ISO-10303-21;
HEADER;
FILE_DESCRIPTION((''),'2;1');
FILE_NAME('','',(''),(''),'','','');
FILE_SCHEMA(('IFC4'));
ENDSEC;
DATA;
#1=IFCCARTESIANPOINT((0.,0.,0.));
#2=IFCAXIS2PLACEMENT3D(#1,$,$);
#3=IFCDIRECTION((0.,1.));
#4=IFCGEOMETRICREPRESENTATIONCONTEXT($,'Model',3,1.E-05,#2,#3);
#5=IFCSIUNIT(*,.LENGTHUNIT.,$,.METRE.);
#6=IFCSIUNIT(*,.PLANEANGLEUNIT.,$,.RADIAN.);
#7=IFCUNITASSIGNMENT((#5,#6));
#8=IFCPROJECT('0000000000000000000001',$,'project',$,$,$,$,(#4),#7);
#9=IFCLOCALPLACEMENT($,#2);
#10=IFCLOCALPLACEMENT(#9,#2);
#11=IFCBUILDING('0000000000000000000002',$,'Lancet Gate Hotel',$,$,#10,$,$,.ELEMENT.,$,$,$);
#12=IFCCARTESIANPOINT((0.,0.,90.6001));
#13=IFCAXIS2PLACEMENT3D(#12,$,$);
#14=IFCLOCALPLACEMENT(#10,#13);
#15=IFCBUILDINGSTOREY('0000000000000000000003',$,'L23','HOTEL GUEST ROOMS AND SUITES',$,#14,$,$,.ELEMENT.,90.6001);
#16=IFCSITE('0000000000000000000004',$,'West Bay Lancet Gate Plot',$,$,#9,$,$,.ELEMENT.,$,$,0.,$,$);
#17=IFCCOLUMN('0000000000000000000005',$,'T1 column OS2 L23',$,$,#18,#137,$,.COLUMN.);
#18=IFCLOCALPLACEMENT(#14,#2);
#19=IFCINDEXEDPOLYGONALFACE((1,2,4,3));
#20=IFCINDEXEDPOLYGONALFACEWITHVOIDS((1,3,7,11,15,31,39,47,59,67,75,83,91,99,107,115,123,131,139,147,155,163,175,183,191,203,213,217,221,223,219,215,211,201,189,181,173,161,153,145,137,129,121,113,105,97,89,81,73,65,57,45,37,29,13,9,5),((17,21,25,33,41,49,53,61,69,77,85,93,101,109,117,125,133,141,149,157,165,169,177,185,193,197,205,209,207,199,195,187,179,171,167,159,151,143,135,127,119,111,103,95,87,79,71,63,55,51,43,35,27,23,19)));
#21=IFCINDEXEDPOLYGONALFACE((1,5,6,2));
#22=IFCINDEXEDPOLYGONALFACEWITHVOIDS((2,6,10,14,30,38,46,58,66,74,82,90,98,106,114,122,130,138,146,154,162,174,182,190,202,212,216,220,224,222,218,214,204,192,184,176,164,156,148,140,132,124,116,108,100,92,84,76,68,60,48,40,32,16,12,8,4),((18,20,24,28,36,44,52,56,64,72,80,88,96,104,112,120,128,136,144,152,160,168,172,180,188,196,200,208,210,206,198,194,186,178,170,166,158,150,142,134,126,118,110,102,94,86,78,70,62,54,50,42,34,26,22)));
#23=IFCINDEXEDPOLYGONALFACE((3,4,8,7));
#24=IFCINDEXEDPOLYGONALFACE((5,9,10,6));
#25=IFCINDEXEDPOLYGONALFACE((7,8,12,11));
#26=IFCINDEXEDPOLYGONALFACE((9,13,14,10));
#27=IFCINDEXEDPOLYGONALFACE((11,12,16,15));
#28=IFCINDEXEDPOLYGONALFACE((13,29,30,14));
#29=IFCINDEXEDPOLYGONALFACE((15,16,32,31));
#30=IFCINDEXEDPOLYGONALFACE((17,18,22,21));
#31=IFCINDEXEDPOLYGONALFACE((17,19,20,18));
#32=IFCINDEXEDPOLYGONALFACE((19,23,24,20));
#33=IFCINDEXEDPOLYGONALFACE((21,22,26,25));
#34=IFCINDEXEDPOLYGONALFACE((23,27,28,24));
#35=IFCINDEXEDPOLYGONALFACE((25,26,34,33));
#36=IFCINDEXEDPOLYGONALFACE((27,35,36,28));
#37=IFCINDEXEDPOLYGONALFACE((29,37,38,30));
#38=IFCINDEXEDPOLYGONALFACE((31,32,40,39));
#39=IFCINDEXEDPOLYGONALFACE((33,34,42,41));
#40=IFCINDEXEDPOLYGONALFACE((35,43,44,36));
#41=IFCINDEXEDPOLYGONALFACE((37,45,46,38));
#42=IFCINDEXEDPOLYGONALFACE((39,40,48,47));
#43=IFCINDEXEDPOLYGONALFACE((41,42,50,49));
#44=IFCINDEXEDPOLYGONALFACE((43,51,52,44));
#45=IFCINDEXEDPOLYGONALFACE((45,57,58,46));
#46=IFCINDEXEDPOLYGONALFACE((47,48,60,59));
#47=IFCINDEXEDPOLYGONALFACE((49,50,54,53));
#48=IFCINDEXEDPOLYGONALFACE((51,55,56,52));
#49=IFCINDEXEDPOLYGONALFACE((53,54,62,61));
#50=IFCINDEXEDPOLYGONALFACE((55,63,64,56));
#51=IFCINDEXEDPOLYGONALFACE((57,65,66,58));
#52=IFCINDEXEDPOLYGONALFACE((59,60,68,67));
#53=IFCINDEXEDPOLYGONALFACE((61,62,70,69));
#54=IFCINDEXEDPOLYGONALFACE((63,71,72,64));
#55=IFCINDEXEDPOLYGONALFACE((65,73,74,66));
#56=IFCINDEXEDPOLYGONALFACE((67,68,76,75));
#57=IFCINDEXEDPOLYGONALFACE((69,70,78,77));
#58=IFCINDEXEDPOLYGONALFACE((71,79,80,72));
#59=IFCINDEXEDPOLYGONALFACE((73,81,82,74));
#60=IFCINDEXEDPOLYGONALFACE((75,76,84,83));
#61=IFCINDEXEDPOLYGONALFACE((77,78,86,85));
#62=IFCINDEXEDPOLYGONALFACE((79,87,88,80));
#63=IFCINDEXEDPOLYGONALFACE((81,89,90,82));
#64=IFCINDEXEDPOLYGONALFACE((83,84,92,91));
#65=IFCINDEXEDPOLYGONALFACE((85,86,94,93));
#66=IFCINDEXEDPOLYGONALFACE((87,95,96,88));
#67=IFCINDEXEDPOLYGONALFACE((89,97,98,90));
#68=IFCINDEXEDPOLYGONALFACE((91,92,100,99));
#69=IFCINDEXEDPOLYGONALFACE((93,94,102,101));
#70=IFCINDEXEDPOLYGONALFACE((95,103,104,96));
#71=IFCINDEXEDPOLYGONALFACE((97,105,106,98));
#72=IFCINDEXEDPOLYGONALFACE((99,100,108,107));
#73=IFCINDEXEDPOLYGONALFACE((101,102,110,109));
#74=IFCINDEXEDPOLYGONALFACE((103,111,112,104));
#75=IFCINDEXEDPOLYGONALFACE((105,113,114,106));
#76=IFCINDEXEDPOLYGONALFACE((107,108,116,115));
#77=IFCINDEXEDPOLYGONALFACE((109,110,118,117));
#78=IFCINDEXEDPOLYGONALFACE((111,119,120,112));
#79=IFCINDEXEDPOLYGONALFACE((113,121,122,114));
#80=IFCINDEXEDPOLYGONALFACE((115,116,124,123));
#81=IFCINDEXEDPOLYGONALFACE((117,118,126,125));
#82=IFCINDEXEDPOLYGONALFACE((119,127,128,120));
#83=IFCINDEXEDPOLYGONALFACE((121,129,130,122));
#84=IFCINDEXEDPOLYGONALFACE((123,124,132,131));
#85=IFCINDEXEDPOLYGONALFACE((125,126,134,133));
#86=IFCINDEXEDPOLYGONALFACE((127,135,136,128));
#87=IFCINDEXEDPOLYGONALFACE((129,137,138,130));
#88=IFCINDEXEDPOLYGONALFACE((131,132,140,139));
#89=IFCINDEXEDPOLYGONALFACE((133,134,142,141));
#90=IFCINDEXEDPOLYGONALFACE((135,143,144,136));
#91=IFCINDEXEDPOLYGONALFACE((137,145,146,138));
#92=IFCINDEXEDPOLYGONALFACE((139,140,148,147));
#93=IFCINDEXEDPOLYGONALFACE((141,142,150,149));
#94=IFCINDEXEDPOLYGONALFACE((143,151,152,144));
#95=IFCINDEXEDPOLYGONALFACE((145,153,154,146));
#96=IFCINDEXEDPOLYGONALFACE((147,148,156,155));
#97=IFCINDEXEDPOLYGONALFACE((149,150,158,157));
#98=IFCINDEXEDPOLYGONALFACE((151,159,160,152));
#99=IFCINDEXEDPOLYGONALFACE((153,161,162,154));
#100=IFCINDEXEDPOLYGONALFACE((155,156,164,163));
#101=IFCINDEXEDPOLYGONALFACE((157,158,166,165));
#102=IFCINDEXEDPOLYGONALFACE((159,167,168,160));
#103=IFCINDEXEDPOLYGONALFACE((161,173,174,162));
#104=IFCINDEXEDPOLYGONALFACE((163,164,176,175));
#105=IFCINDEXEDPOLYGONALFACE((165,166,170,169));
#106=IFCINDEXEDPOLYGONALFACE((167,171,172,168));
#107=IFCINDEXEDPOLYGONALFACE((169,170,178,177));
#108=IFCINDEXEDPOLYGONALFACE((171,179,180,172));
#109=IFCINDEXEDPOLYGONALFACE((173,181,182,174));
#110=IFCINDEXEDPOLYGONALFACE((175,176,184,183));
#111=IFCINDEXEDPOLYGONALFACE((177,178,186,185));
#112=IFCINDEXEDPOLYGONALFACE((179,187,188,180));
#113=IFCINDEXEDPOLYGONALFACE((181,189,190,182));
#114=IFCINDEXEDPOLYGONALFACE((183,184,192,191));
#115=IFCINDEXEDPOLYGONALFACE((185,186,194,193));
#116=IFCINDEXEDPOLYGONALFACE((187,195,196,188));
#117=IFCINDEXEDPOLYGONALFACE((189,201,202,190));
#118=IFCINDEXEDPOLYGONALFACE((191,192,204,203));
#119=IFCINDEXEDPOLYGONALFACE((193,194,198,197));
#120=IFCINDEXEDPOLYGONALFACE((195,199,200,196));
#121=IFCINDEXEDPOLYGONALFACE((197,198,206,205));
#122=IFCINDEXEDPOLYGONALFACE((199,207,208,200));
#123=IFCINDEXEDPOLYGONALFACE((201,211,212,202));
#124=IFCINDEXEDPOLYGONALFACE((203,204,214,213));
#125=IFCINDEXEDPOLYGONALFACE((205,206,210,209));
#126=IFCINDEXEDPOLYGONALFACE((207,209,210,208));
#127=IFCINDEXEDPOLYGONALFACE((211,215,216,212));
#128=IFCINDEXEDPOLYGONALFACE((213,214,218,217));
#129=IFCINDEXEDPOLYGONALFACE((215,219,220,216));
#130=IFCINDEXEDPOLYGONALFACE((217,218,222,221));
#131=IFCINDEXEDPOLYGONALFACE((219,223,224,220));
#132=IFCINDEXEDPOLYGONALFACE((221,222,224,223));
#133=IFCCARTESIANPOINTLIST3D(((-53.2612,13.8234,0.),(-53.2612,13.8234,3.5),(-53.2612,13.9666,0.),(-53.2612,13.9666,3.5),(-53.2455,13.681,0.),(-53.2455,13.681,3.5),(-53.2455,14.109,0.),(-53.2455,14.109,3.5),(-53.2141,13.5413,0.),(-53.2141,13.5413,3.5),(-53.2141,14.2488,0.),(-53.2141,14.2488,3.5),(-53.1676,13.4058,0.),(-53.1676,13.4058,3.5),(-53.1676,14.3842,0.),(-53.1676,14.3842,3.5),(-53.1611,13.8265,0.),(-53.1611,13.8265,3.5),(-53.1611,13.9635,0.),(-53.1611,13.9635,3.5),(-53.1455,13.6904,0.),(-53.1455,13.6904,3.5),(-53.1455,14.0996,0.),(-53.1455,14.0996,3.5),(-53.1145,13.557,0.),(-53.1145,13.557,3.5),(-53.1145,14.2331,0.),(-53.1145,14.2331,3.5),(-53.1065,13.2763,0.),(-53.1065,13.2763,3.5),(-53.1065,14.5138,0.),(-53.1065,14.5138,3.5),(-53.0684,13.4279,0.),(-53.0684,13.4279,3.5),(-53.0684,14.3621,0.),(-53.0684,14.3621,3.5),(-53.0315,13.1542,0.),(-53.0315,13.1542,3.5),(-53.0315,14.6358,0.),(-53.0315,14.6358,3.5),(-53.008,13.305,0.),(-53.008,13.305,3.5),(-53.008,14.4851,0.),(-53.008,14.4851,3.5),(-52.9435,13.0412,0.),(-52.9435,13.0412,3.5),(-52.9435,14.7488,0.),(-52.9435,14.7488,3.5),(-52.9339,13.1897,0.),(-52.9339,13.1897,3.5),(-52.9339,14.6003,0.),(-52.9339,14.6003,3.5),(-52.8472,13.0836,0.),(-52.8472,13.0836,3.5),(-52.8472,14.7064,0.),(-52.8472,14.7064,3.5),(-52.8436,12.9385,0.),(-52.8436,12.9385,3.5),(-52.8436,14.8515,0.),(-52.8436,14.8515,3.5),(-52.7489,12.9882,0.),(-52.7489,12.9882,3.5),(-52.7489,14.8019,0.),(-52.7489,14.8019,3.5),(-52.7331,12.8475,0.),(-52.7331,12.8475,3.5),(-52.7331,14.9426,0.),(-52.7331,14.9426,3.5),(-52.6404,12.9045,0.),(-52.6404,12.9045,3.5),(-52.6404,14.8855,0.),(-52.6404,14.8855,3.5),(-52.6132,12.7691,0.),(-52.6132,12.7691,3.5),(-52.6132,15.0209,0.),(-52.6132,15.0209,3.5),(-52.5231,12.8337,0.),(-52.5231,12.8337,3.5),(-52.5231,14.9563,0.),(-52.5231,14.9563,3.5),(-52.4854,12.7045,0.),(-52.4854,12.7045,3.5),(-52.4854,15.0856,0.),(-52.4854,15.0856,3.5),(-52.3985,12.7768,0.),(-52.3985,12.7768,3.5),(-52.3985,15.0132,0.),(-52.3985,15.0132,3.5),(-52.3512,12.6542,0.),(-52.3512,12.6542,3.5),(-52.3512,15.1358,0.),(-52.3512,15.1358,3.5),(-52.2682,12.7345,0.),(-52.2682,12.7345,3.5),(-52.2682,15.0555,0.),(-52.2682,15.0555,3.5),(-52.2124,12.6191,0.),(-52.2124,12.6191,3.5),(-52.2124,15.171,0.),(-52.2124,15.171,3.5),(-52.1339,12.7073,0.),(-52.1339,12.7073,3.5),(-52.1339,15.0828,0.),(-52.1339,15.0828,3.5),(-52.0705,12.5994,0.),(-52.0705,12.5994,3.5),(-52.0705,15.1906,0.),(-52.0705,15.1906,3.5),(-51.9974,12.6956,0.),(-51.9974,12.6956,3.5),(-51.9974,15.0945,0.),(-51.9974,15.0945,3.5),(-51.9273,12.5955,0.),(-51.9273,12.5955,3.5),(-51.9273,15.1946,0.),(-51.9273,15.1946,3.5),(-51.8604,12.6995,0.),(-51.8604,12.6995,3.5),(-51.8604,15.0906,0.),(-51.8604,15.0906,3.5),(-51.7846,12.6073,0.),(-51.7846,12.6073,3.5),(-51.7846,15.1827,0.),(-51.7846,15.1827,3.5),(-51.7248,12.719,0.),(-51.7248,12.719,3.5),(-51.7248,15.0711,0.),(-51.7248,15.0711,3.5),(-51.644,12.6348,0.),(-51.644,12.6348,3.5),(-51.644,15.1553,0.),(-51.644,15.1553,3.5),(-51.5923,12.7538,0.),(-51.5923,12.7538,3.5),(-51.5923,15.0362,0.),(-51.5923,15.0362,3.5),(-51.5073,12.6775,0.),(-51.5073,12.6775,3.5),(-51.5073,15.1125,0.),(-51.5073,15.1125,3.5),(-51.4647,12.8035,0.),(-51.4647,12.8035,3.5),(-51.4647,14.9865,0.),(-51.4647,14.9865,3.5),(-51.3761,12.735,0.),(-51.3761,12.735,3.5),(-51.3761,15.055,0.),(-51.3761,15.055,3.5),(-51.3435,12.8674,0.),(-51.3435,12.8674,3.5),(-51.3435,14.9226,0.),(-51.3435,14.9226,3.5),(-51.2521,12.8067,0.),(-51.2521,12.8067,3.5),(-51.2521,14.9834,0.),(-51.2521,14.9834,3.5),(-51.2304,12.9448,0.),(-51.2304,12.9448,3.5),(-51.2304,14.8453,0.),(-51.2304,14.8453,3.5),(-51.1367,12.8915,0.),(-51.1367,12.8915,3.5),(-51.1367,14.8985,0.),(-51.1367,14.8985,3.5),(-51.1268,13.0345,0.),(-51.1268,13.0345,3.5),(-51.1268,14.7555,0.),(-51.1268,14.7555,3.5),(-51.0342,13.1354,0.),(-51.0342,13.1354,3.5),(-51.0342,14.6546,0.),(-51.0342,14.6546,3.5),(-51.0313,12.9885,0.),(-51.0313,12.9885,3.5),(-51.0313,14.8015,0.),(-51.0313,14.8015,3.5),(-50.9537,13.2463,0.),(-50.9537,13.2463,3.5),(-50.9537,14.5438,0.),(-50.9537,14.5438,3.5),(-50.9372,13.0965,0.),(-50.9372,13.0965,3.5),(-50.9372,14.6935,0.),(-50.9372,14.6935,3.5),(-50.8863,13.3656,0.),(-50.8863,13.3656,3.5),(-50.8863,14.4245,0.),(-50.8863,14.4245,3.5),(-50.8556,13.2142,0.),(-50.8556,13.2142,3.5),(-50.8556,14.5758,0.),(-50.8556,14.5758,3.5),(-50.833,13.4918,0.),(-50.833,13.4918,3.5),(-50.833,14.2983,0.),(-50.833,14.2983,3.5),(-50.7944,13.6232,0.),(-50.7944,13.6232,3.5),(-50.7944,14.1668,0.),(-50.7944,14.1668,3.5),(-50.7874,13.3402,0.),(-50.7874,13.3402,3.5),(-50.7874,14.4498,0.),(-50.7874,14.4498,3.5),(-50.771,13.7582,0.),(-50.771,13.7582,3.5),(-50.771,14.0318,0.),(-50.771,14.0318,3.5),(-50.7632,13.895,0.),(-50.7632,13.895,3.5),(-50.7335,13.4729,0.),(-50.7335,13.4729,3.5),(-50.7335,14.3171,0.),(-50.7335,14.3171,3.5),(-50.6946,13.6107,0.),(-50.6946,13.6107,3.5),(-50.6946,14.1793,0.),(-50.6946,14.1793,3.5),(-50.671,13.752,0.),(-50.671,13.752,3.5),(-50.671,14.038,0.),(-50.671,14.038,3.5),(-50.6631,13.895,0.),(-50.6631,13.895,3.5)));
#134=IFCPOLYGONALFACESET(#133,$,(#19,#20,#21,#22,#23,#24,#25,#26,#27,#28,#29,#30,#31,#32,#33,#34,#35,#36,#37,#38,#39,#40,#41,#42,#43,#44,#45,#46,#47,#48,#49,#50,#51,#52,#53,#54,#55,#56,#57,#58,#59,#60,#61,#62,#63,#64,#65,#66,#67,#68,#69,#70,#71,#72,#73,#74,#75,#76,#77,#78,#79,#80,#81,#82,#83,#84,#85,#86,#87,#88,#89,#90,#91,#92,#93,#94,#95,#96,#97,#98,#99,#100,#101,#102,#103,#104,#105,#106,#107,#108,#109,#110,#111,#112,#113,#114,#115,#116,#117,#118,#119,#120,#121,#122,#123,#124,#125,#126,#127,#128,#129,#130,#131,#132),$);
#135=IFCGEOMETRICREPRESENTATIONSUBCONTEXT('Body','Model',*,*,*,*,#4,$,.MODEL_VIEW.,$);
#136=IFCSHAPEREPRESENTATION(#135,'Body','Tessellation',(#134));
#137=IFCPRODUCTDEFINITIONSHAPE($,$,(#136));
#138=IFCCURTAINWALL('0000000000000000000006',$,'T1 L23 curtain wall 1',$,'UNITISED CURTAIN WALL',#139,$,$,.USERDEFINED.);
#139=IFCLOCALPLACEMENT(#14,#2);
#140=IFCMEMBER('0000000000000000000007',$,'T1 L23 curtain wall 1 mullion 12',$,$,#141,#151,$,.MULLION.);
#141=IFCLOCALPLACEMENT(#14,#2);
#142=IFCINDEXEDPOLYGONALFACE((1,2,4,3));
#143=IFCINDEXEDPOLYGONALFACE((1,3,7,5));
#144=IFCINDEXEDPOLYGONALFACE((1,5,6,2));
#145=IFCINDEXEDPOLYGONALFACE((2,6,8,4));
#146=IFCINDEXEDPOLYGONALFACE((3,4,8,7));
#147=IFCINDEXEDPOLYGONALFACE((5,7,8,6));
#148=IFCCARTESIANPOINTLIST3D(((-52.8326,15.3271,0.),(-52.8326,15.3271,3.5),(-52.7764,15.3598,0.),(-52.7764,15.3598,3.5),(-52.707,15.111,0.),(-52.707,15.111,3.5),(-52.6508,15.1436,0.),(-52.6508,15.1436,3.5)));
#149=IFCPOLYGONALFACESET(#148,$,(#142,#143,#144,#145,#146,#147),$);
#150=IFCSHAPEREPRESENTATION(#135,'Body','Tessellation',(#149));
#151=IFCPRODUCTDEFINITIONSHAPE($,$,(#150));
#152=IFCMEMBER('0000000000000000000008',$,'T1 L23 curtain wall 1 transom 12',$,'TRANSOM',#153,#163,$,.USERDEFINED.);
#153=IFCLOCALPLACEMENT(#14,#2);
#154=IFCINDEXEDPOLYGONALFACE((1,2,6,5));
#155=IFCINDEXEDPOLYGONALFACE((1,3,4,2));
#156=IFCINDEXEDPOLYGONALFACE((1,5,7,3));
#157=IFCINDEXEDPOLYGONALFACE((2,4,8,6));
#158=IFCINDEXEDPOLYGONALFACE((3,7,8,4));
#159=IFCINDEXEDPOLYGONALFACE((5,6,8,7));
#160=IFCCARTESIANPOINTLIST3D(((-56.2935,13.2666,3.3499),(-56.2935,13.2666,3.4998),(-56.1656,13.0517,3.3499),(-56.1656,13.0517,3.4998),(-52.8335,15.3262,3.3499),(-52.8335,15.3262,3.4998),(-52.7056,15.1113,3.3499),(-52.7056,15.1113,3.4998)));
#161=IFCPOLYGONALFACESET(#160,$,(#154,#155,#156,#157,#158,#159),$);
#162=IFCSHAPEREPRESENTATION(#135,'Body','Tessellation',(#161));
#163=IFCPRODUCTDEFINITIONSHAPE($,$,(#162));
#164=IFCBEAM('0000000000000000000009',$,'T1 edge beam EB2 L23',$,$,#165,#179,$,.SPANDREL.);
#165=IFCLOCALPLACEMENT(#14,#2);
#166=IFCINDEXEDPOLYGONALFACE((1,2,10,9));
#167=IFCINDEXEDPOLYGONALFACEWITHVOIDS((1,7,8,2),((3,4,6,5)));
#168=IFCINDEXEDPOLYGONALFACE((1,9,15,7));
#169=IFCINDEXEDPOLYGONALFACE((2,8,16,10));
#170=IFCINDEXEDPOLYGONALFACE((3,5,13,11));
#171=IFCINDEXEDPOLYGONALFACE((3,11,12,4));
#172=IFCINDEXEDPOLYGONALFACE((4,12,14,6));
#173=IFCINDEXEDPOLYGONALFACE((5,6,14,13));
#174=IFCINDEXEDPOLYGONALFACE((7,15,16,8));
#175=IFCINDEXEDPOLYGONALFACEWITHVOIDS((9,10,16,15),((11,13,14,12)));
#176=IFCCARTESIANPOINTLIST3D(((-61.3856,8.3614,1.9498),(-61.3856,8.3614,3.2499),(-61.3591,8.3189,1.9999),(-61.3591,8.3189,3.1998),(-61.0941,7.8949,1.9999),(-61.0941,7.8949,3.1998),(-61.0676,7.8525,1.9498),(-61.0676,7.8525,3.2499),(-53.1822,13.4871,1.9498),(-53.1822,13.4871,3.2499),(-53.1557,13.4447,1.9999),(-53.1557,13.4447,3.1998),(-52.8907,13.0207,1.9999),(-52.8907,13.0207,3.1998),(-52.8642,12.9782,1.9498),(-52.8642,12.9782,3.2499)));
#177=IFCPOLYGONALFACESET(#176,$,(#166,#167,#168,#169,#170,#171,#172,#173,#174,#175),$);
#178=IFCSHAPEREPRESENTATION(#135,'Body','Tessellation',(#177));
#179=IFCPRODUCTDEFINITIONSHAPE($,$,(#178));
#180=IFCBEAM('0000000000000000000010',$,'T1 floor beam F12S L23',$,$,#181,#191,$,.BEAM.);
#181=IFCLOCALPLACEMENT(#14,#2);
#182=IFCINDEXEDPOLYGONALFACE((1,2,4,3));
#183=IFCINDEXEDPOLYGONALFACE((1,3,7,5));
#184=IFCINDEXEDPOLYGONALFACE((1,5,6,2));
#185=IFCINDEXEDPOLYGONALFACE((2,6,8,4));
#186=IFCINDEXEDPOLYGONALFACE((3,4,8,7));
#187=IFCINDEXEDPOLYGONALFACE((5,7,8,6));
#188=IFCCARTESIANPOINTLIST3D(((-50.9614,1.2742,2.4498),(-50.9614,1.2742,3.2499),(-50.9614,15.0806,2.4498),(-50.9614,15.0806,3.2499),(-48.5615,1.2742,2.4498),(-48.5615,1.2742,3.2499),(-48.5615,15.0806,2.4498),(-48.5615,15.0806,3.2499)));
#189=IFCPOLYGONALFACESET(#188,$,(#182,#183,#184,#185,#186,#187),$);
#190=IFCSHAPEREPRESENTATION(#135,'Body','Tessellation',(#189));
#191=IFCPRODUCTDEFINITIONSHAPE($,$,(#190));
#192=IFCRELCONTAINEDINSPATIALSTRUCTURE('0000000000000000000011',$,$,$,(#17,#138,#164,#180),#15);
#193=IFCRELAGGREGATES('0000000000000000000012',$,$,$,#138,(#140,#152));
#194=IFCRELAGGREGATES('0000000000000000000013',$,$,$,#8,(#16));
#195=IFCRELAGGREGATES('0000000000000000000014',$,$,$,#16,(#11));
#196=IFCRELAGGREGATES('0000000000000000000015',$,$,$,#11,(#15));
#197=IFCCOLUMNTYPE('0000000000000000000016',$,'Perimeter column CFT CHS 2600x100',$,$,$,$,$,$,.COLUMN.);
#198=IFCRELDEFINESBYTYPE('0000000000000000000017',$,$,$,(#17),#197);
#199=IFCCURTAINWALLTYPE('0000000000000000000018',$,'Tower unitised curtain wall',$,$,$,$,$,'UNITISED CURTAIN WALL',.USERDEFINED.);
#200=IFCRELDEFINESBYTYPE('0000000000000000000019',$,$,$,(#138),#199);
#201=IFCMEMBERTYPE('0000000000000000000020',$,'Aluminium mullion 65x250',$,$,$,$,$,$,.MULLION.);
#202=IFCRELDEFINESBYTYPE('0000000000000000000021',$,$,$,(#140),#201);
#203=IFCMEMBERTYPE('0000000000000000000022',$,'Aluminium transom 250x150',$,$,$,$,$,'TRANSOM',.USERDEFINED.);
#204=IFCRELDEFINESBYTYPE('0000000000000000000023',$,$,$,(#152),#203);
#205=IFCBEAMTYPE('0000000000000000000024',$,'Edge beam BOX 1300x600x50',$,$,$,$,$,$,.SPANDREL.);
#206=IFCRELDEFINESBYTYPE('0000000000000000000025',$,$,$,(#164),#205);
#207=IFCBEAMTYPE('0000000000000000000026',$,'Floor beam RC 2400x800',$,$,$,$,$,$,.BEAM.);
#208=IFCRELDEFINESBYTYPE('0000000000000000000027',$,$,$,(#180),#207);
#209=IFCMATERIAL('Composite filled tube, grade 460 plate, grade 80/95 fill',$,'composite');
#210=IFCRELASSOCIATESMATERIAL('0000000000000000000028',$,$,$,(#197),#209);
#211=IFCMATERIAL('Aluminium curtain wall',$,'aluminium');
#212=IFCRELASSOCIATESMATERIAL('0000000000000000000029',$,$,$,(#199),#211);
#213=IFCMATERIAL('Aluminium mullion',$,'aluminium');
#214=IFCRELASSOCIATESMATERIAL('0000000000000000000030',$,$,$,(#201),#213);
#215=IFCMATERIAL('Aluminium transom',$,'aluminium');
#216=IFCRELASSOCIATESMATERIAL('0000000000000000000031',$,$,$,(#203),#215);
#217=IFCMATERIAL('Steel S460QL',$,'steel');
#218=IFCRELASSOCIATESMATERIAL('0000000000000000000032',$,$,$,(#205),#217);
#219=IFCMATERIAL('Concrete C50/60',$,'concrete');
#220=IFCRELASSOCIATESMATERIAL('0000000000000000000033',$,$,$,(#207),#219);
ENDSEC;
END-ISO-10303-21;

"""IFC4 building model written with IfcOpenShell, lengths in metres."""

from ifc_helpers import new_model, si_unit, direction, frame, origin, origin_2d, place, context, subcontext, project, spatial, rectangle, hollow_rectangle, hollow_circle, extrude, material, material_profile, profile_set, type_object, element, aggregate, save


model = new_model("IFC4")

# Units and contexts
model_context = context("Model", 3, precision=1e-05, world=origin(), true_north=direction((0.0, 1.0)))
body_context = subcontext(model_context, "Body", "Model", "MODEL_VIEW")
ifc_project = project(units=[si_unit("LENGTHUNIT", "METRE"), si_unit("PLANEANGLEUNIT", "RADIAN")], contexts=[model_context])

# Site, building, storey
site_placement = place(None, origin())
site = spatial("IfcSite", under=ifc_project, at=site_placement, Name="West Bay Lancet Gate Plot", CompositionType="ELEMENT", RefElevation=0.0)
building_placement = place(site_placement, origin())
building = spatial("IfcBuilding", under=site, at=building_placement, Name="Lancet Gate Hotel", CompositionType="ELEMENT")
storey_placement = place(building_placement, frame((0.0, 0.0, 90.6001)))
storey = spatial("IfcBuildingStorey", under=building, at=storey_placement, Name="L23", Description="HOTEL GUEST ROOMS AND SUITES", CompositionType="ELEMENT", Elevation=90.6001)

# Column
ifc_material_1 = material(Name="Composite filled tube, grade 460 plate, grade 80/95 fill", Category="composite")
ifc_material_profile_1 = material_profile(ifc_material_1, hollow_circle(Radius=1.3, WallThickness=0.1001, at=origin_2d()), Name="CHS 2600x100")
ifc_profile_set_1 = profile_set([ifc_material_profile_1], Name="Composite filled tube, grade 460 plate, grade 80/95 fill")
column_type = type_object("IfcColumnType", Name="Perimeter column CFT CHS 2600x100", PredefinedType="COLUMN", material=ifc_profile_set_1)
column_placement = place(storey_placement, frame((-51.9631, 13.895, 0.0), z_axis=(0.0, 0.0, 1.0), x_axis=(1.0, 0.0, 0.0)))
element("IfcColumn", 1, at=column_placement, inside=storey, type_object=column_type, Name="T1 column OS2 L23", PredefinedType="COLUMN", context=body_context, shape_type="SweptSolid", body=[
    extrude(hollow_circle(Radius=1.3, WallThickness=0.1001, at=origin_2d()), origin(), (0.0, 0.0, 1.0), 3.5),
])

# Curtain wall, members
ifc_material_2 = material(Name="Aluminium curtain wall", Category="aluminium")
curtain_wall_type = type_object("IfcCurtainWallType", Name="Tower unitised curtain wall", ElementType="UNITISED CURTAIN WALL", PredefinedType="USERDEFINED", material=ifc_material_2)
curtain_wall_placement = place(storey_placement, origin())
curtain_wall = element("IfcCurtainWall", 2, at=curtain_wall_placement, inside=storey, type_object=curtain_wall_type, Name="T1 L23 curtain wall 1", ObjectType="UNITISED CURTAIN WALL", PredefinedType="USERDEFINED")
ifc_material_3 = material(Name="Aluminium mullion", Category="aluminium")
ifc_material_profile_2 = material_profile(ifc_material_3, rectangle(XDim=0.0649, YDim=0.25, at=origin_2d()), Name="MULLION 65x250")
ifc_profile_set_2 = profile_set([ifc_material_profile_2], Name="Aluminium mullion")
member_type_1 = type_object("IfcMemberType", Name="Aluminium mullion 65x250", PredefinedType="MULLION", material=ifc_profile_set_2)
member_1_placement = place(storey_placement, frame((-52.7417, 15.2354, 0.0), z_axis=(0.0, 0.0, 1.0), x_axis=(-0.864728, -0.502241, 0.0)))
member_1 = element("IfcMember", 3, at=member_1_placement, type_object=member_type_1, Name="T1 L23 curtain wall 1 mullion 12", PredefinedType="MULLION", context=body_context, shape_type="SweptSolid", body=[
    extrude(rectangle(XDim=0.0649, YDim=0.25, at=origin_2d()), origin(), (0.0, 0.0, 1.0), 3.5),
])
ifc_material_4 = material(Name="Aluminium transom", Category="aluminium")
ifc_material_profile_3 = material_profile(ifc_material_4, rectangle(XDim=0.25, YDim=0.1499, at=origin_2d()), Name="TRANSOM 250x150")
ifc_profile_set_3 = profile_set([ifc_material_profile_3], Name="Aluminium transom")
member_type_2 = type_object("IfcMemberType", Name="Aluminium transom 250x150", ElementType="TRANSOM", PredefinedType="USERDEFINED", material=ifc_profile_set_3)
member_2_placement = place(storey_placement, frame((-52.7695, 15.2188, 3.4248), z_axis=(-0.859285, -0.511497, 0.0), x_axis=(0.511497, -0.859285, 0.0)))
member_2 = element("IfcMember", 4, at=member_2_placement, type_object=member_type_2, Name="T1 L23 curtain wall 1 transom 12", ObjectType="TRANSOM", PredefinedType="USERDEFINED", context=body_context, shape_type="SweptSolid", body=[
    extrude(rectangle(XDim=0.25, YDim=0.1499, at=origin_2d()), origin(), (0.0, 0.0, 1.0), 4.0266),
])
aggregate(curtain_wall, [member_1, member_2])

# Beams
ifc_material_5 = material(Name="Steel S460QL", Category="steel")
ifc_material_profile_4 = material_profile(ifc_material_5, hollow_rectangle(XDim=0.6001, YDim=1.3, WallThickness=0.05, at=origin_2d()), Name="BOX 1300x600x50")
ifc_profile_set_4 = profile_set([ifc_material_profile_4], Name="Steel S460QL")
beam_type_1 = type_object("IfcBeamType", Name="Edge beam BOX 1300x600x50", PredefinedType="SPANDREL", material=ifc_profile_set_4)
beam_1_placement = place(storey_placement, frame((-53.0232, 13.2327, 2.5999), z_axis=(-0.848062, -0.529897, 0.0), x_axis=(0.529897, -0.848062, 0.0)))
element("IfcBeam", 5, at=beam_1_placement, inside=storey, type_object=beam_type_1, Name="T1 edge beam EB2 L23", PredefinedType="SPANDREL", context=body_context, shape_type="SweptSolid", body=[
    extrude(hollow_rectangle(XDim=0.6001, YDim=1.3, WallThickness=0.05, at=origin_2d()), origin(), (0.0, 0.0, 1.0), 9.6731),
])
ifc_material_6 = material(Name="Concrete C50/60", Category="concrete")
ifc_material_profile_5 = material_profile(ifc_material_6, rectangle(XDim=2.3999, YDim=0.8, at=origin_2d()), Name="RC 2400x800")
ifc_profile_set_5 = profile_set([ifc_material_profile_5], Name="Concrete C50/60")
beam_type_2 = type_object("IfcBeamType", Name="Floor beam RC 2400x800", PredefinedType="BEAM", material=ifc_profile_set_5)
beam_2_placement = place(storey_placement, frame((-49.7615, 15.0806, 2.8499), z_axis=(0.0, -1.0, 0.0), x_axis=(1.0, 0.0, 0.0)))
element("IfcBeam", 6, at=beam_2_placement, inside=storey, type_object=beam_type_2, Name="T1 floor beam F12S L23", PredefinedType="BEAM", context=body_context, shape_type="SweptSolid", body=[
    extrude(rectangle(XDim=2.3999, YDim=0.8, at=origin_2d()), origin(), (0.0, 0.0, 1.0), 13.8064),
])

save(model, "model.ifc")
